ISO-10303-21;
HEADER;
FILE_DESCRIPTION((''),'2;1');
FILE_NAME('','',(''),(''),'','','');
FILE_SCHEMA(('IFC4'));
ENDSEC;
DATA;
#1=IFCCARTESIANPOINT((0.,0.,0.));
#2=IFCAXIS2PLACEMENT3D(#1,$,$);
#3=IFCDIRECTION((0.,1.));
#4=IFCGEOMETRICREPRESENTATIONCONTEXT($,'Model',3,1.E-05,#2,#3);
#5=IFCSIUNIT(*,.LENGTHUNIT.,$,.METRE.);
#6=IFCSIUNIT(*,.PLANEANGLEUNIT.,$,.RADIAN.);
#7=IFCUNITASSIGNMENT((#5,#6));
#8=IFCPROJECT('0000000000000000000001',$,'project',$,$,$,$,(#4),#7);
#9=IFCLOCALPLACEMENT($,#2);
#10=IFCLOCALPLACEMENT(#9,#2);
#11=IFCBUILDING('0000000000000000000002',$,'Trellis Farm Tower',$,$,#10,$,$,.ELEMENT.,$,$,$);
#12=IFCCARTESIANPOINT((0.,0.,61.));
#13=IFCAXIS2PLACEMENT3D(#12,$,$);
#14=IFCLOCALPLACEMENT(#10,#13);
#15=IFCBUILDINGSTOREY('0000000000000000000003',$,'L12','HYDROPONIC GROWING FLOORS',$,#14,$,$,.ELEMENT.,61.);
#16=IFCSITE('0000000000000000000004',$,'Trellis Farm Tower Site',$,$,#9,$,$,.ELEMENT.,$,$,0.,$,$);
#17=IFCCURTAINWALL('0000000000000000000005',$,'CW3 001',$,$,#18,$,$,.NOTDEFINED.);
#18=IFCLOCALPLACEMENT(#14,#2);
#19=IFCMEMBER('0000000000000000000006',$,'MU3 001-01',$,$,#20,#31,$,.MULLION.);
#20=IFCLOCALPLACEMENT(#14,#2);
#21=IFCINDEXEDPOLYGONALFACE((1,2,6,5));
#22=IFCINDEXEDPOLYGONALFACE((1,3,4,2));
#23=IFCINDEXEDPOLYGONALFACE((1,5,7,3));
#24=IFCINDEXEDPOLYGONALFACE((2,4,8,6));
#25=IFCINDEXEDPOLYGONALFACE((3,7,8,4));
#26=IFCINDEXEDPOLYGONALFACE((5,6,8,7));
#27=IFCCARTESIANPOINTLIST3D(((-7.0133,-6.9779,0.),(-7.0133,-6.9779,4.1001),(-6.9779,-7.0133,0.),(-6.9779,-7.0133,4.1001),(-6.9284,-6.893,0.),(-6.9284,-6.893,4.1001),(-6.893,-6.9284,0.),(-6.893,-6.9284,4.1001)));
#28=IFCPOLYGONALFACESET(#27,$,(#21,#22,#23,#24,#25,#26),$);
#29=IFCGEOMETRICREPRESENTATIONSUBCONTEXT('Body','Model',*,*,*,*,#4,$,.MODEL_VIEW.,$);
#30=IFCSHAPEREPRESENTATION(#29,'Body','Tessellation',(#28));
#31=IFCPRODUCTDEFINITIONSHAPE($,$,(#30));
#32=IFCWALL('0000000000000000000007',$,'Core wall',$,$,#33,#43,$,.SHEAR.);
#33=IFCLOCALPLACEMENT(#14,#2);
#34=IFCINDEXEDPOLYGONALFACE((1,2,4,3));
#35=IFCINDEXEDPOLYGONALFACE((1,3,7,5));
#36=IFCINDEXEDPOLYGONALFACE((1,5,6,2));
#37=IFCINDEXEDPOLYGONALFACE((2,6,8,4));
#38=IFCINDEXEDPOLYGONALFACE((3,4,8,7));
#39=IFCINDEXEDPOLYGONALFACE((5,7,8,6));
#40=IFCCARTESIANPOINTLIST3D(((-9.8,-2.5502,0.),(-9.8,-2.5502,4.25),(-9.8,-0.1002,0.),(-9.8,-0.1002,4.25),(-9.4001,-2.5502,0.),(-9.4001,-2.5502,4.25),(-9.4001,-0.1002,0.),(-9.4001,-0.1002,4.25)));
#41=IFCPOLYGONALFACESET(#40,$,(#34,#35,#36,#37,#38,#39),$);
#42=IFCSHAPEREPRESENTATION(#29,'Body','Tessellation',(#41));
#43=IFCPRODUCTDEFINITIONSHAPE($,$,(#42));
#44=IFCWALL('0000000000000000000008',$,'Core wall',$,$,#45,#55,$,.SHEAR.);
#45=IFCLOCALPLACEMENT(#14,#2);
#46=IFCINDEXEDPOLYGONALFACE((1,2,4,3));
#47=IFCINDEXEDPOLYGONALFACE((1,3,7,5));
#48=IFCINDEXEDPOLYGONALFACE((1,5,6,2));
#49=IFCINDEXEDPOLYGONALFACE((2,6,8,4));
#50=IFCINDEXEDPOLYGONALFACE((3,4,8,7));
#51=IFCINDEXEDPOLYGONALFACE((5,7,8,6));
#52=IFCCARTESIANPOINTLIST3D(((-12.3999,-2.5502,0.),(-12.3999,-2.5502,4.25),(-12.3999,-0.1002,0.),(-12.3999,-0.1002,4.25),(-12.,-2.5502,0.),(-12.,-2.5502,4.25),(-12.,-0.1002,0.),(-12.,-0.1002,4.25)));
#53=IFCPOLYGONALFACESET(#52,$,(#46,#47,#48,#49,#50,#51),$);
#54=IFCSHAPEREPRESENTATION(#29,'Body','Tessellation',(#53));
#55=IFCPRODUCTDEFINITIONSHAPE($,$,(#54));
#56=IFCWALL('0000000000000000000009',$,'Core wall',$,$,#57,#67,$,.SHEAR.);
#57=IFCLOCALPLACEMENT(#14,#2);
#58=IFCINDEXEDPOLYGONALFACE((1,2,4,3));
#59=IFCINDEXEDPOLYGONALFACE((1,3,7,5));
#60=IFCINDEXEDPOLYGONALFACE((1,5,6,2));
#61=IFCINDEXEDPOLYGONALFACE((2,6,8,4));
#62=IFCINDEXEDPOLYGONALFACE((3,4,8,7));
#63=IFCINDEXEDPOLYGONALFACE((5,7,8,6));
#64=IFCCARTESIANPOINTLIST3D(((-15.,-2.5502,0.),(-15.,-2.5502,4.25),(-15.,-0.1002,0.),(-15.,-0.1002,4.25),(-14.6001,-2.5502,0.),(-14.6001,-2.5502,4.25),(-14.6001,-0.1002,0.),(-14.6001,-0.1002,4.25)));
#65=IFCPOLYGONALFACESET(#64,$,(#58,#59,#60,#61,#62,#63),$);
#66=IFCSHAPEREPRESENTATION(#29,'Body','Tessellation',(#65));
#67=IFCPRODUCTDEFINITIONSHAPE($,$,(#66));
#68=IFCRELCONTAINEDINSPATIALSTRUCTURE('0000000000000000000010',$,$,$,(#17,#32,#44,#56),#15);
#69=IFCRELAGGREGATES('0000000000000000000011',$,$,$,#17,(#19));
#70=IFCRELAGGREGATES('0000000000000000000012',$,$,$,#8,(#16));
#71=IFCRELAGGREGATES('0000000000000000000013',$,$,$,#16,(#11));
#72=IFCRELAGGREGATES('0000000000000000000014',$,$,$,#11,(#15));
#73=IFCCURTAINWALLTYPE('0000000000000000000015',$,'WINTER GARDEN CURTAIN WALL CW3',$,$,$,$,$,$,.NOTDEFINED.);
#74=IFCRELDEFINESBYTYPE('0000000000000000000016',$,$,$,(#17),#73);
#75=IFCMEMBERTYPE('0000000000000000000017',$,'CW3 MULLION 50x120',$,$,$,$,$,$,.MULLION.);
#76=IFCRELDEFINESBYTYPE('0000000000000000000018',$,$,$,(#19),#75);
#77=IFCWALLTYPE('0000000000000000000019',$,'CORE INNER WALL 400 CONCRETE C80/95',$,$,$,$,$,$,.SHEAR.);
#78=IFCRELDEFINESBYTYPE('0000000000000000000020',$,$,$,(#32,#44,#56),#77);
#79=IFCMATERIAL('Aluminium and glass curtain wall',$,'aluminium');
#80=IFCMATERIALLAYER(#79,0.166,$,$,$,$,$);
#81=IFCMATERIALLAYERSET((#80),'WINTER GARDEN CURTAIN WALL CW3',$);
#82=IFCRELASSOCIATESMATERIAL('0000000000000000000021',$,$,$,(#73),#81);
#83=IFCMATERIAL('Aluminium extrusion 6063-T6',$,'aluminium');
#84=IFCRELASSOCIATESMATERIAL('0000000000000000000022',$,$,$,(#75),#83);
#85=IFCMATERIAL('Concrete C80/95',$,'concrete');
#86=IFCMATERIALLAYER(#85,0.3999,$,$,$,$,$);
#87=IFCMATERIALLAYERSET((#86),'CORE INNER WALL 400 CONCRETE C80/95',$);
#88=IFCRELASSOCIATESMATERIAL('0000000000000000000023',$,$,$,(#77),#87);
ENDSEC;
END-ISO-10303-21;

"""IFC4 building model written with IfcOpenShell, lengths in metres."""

from ifc_helpers import new_model, si_unit, direction, frame, frame_2d, origin, origin_2d, place, context, subcontext, project, spatial, rectangle, extrude, source, transform, mapped, material, layer, layer_set, material_profile, profile_set, type_object, element, aggregate, save


model = new_model("IFC4")

# Units and contexts
model_context = context("Model", 3, precision=1e-05, world=origin(), true_north=direction((0.0, 1.0)))
body_context = subcontext(model_context, "Body", "Model", "MODEL_VIEW")
ifc_project = project(units=[si_unit("LENGTHUNIT", "METRE"), si_unit("PLANEANGLEUNIT", "RADIAN")], contexts=[model_context])

# Site, building, storey
site_placement = place(None, origin())
site = spatial("IfcSite", under=ifc_project, at=site_placement, Name="Trellis Farm Tower Site", CompositionType="ELEMENT", RefElevation=0.0)
building_placement = place(site_placement, origin())
building = spatial("IfcBuilding", under=site, at=building_placement, Name="Trellis Farm Tower", CompositionType="ELEMENT")
storey_placement = place(building_placement, frame((0.0, 0.0, 61.0)))
storey = spatial("IfcBuildingStorey", under=building, at=storey_placement, Name="L12", Description="HYDROPONIC GROWING FLOORS", CompositionType="ELEMENT", Elevation=61.0)

# Shared definitions
ifc_material_1 = material(Name="Concrete C80/95", Category="concrete")

# Shared definitions
ifc_material_2 = material(Name="Aluminium and glass curtain wall", Category="aluminium")
placement = place(storey_placement, origin())
ifc_material_3 = material(Name="Aluminium extrusion 6063-T6", Category="aluminium")

# Curtain wall, member
ifc_layer_1 = layer(ifc_material_2, 0.166)
ifc_layer_set_1 = layer_set([ifc_layer_1], Name="WINTER GARDEN CURTAIN WALL CW3")
curtain_wall_type_1 = type_object("IfcCurtainWallType", Name="WINTER GARDEN CURTAIN WALL CW3", PredefinedType="NOTDEFINED", material=ifc_layer_set_1)
curtain_wall_1 = element("IfcCurtainWall", 1, at=placement, inside=storey, type_object=curtain_wall_type_1, Name="CW3 001", PredefinedType="NOTDEFINED")
ifc_material_profile_1 = material_profile(ifc_material_3, rectangle(XDim=0.05, YDim=0.1201, at=origin_2d()), Name="MULLION 50x120")
ifc_profile_set_1 = profile_set([ifc_material_profile_1], Name="Aluminium extrusion 6063-T6")
member_type_1 = type_object("IfcMemberType", Name="CW3 MULLION 50x120", PredefinedType="MULLION", material=ifc_profile_set_1)
shared_shape_1 = source(origin(), body_context, "Body", "SweptSolid", [
    extrude(rectangle(XDim=0.05, YDim=0.1201, at=origin_2d()), origin(), (0.0, 0.0, 1.0), 4.1001),
])
member_1_placement = place(storey_placement, frame((-6.9531, -6.9531, 0.0), z_axis=(0.0, 0.0, 1.0), x_axis=(0.707107, -0.707107, 0.0)))
member_1 = element("IfcMember", 2, at=member_1_placement, type_object=member_type_1, Name="MU3 001-01", PredefinedType="MULLION", context=body_context, shape_type="MappedRepresentation", body=[
    mapped(shared_shape_1, transform((0.0, 0.0, 0.0))),
])
aggregate(curtain_wall_1, [member_1])

# Walls
ifc_layer_2 = layer(ifc_material_1, 0.3999)
ifc_layer_set_2 = layer_set([ifc_layer_2], Name="CORE INNER WALL 400 CONCRETE C80/95")
wall_type_1 = type_object("IfcWallType", Name="CORE INNER WALL 400 CONCRETE C80/95", PredefinedType="SHEAR", material=ifc_layer_set_2)
shared_shape_2 = source(origin(), body_context, "Body", "SweptSolid", [
    extrude(rectangle(XDim=2.45, YDim=0.3999, at=frame_2d((1.2251, 0.0))), origin(), (0.0, 0.0, 1.0), 4.25),
])
for number, where, z_axis, x_axis, name in (
    (3, (-9.6001, -0.1001, 0.0), (0.0, 0.0, 1.0), (0.0, -1.0, 0.0), "Core wall"),
    (4, (-12.2, -0.1001, 0.0), (0.0, 0.0, 1.0), (0.0, -1.0, 0.0), "Core wall"),
    (5, (-14.8, -0.1001, 0.0), (0.0, 0.0, 1.0), (0.0, -1.0, 0.0), "Core wall"),
):
    element("IfcWall", number, at=place(storey_placement, frame(where, z_axis=z_axis, x_axis=x_axis)), inside=storey, type_object=wall_type_1, Name=name, PredefinedType="SHEAR", context=body_context, shape_type="MappedRepresentation", body=[
        mapped(shared_shape_2, transform((0.0, 0.0, 0.0))),
    ])

save(model, "model.ifc")
